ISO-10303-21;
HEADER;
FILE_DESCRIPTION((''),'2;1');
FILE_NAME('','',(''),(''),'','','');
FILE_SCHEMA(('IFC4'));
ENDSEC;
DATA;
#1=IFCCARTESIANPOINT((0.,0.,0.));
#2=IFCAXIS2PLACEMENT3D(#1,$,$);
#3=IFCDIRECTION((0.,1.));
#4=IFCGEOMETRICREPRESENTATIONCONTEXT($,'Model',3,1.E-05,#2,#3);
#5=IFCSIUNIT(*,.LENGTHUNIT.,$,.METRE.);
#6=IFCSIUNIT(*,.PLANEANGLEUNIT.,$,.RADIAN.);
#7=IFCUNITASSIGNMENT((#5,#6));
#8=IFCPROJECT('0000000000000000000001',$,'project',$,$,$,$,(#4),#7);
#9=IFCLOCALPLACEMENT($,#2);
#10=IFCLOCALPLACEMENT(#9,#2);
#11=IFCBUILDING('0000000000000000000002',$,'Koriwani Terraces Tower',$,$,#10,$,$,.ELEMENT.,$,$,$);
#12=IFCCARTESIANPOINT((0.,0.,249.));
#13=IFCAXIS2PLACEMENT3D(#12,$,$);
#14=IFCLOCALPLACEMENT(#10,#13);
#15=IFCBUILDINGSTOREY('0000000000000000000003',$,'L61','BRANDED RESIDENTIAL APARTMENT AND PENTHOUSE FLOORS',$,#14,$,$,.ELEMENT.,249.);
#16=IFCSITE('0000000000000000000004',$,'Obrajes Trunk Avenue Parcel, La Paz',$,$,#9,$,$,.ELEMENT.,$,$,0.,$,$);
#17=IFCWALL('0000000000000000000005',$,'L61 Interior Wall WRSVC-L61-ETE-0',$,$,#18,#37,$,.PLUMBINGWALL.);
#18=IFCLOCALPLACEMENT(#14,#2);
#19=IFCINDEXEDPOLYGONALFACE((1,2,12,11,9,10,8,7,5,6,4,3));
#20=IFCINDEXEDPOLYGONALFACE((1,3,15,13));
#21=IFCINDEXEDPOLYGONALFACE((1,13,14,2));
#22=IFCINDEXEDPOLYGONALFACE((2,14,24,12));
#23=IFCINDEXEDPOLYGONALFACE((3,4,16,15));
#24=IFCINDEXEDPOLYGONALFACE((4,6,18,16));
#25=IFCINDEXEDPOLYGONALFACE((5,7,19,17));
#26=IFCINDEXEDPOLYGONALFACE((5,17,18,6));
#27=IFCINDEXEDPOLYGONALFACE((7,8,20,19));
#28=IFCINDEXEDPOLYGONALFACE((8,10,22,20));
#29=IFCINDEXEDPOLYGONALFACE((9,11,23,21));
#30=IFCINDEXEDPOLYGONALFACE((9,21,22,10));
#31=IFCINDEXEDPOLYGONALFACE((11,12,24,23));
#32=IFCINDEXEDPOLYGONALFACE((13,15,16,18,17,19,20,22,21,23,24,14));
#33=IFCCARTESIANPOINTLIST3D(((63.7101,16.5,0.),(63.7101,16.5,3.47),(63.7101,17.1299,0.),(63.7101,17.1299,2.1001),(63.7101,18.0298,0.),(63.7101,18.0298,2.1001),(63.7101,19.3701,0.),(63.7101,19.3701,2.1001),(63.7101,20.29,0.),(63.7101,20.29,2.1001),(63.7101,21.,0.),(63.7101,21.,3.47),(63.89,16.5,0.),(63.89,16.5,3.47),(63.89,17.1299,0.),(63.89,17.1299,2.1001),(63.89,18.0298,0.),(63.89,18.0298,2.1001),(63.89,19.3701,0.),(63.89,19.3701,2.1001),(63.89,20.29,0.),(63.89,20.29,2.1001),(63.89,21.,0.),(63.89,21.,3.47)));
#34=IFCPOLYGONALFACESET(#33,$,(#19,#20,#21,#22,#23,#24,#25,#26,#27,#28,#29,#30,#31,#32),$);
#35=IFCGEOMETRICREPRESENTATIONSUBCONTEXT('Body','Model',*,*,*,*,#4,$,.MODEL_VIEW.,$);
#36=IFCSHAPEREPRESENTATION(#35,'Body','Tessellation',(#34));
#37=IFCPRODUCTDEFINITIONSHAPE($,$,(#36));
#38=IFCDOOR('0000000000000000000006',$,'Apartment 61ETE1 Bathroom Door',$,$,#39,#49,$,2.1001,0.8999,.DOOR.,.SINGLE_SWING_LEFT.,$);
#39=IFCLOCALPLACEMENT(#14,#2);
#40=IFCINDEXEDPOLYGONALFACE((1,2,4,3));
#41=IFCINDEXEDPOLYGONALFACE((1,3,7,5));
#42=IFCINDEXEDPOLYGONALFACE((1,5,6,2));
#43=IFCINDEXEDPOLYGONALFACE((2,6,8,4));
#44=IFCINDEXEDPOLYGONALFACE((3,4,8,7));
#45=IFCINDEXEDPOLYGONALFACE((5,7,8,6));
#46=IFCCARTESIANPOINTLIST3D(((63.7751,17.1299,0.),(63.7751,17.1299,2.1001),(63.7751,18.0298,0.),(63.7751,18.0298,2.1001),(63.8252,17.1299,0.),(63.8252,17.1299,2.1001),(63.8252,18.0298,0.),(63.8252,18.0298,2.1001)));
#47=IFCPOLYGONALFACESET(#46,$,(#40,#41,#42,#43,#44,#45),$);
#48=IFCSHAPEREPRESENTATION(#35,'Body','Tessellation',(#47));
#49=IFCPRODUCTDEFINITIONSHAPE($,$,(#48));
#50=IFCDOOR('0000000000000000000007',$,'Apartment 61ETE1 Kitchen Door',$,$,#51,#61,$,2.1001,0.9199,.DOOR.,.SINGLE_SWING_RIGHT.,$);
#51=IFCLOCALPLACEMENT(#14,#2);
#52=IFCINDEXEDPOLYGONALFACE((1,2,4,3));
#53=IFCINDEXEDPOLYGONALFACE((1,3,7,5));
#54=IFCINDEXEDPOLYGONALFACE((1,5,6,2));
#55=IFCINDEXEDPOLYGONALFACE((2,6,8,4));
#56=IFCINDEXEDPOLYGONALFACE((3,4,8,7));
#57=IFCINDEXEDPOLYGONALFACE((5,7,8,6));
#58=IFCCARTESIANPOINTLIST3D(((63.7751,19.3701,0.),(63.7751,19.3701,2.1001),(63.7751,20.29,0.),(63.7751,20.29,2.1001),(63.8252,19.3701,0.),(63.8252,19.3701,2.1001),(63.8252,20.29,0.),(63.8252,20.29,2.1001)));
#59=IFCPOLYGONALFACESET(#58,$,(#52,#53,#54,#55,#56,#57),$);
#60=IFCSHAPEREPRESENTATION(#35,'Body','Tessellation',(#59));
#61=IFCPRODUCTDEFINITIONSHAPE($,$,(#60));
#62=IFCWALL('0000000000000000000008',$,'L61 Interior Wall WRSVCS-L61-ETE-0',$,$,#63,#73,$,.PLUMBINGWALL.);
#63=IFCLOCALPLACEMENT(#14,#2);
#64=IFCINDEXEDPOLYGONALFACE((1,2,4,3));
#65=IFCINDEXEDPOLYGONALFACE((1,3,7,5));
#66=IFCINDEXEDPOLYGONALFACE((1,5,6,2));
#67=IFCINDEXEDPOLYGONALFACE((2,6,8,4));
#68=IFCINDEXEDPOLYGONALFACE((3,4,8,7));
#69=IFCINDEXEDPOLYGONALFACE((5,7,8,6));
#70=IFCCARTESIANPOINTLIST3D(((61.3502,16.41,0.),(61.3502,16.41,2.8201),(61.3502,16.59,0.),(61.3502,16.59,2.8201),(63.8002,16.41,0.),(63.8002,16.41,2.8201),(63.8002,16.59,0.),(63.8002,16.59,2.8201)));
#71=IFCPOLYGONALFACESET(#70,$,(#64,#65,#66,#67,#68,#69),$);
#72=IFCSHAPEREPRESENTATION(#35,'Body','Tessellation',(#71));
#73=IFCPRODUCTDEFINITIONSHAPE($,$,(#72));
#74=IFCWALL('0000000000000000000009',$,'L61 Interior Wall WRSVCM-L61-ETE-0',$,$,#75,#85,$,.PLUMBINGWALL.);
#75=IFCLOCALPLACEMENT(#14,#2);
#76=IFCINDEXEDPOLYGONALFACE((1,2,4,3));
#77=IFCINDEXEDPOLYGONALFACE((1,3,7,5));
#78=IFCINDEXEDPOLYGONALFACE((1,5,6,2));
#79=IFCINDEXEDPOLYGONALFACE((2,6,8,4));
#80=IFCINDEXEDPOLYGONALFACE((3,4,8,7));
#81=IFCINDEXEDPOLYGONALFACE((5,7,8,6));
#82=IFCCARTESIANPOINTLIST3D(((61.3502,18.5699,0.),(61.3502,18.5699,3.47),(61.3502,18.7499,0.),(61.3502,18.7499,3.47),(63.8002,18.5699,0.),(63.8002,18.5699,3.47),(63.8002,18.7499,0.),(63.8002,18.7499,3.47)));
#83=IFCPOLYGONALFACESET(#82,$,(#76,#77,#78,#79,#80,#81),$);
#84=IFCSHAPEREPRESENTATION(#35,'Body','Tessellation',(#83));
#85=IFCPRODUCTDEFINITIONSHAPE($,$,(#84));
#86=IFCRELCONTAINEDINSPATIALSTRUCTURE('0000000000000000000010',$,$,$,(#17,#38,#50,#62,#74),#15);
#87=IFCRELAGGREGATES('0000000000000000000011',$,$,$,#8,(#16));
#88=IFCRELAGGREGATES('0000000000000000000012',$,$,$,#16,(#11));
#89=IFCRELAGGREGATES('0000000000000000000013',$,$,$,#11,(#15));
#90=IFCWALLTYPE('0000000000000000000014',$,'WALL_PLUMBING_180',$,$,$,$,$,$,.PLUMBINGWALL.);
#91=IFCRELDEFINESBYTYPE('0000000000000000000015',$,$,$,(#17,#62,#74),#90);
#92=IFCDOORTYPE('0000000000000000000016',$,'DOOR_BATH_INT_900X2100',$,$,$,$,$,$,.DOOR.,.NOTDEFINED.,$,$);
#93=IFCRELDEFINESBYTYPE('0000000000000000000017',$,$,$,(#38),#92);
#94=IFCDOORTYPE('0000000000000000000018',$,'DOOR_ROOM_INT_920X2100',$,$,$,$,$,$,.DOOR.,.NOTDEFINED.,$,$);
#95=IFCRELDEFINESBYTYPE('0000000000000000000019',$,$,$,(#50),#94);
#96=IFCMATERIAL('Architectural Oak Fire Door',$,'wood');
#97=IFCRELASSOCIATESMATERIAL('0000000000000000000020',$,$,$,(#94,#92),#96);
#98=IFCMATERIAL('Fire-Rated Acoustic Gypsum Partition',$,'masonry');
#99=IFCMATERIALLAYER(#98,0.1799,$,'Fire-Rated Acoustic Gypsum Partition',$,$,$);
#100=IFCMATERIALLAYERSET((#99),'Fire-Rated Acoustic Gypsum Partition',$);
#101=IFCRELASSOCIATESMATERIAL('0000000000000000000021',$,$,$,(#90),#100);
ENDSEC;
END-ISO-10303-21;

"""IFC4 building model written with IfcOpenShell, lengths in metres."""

from ifc_helpers import new_model, si_unit, direction, frame, frame_2d, origin, place, context, subcontext, project, spatial, rectangle, extrude, material, layer, layer_set, type_object, element, fill, save


model = new_model("IFC4")

# Units and contexts
model_context = context("Model", 3, precision=1e-05, world=origin(), true_north=direction((0.0, 1.0)))
body_context = subcontext(model_context, "Body", "Model", "MODEL_VIEW")
ifc_project = project(units=[si_unit("LENGTHUNIT", "METRE"), si_unit("PLANEANGLEUNIT", "RADIAN")], contexts=[model_context])

# Site, building, storey
site_placement = place(None, origin())
site = spatial("IfcSite", under=ifc_project, at=site_placement, Name="Obrajes Trunk Avenue Parcel, La Paz", CompositionType="ELEMENT", RefElevation=0.0)
building_placement = place(site_placement, origin())
building = spatial("IfcBuilding", under=site, at=building_placement, Name="Koriwani Terraces Tower", CompositionType="ELEMENT")
storey_placement = place(building_placement, frame((0.0, 0.0, 249.0)))
storey = spatial("IfcBuildingStorey", under=building, at=storey_placement, Name="L61", Description="BRANDED RESIDENTIAL APARTMENT AND PENTHOUSE FLOORS", CompositionType="ELEMENT", Elevation=249.0)

# Shared definitions
ifc_material_1 = material(Name="Architectural Oak Fire Door", Category="wood")
door_type_1 = type_object("IfcDoorType", Name="DOOR_ROOM_INT_920X2100", OperationType="NOTDEFINED", PredefinedType="DOOR", material=ifc_material_1)

# Shared definitions
ifc_material_2 = material(Name="Fire-Rated Acoustic Gypsum Partition", Category="masonry")

# Wall, openings, doors
ifc_layer_1 = layer(ifc_material_2, 0.1799, Name="Fire-Rated Acoustic Gypsum Partition")
ifc_layer_set_1 = layer_set([ifc_layer_1], Name="Fire-Rated Acoustic Gypsum Partition")
wall_type_1 = type_object("IfcWallType", Name="WALL_PLUMBING_180", PredefinedType="PLUMBINGWALL", material=ifc_layer_set_1)
wall_1_placement = place(storey_placement, frame((63.8, 16.5, 0.0), z_axis=(0.0, 0.0, 1.0), x_axis=(0.0, 1.0, 0.0)))
wall_1 = element("IfcWall", 1, at=wall_1_placement, inside=storey, type_object=wall_type_1, Name="L61 Interior Wall WRSVC-L61-ETE-0", PredefinedType="PLUMBINGWALL", context=body_context, shape_type="SweptSolid", body=[
    extrude(rectangle(XDim=4.5, YDim=0.1799, at=frame_2d((2.25, 0.0))), origin(), (0.0, 0.0, 1.0), 3.47),
])
opening_1_placement = place(wall_1_placement, frame((0.6299, 0.0, 0.0)))
opening_1 = element("IfcOpeningElement", 2, at=opening_1_placement, cuts=wall_1, PredefinedType="OPENING", context=body_context, shape_type="SweptSolid", body=[
    extrude(rectangle(XDim=0.8999, YDim=2.1001, at=frame_2d((0.45, 1.05))), frame((0.0, 0.1001, 0.0), z_axis=(0.0, -1.0, 0.0), x_axis=(1.0, 0.0, 0.0)), (0.0, 0.0, 1.0), 0.2),
])
opening_2_placement = place(wall_1_placement, frame((2.8701, 0.0, 0.0)))
opening_2 = element("IfcOpeningElement", 3, at=opening_2_placement, cuts=wall_1, PredefinedType="OPENING", context=body_context, shape_type="SweptSolid", body=[
    extrude(rectangle(XDim=0.9199, YDim=2.1001, at=frame_2d((0.46, 1.05))), frame((0.0, 0.1001, 0.0), z_axis=(0.0, -1.0, 0.0), x_axis=(1.0, 0.0, 0.0)), (0.0, 0.0, 1.0), 0.2),
])
door_type_2 = type_object("IfcDoorType", Name="DOOR_BATH_INT_900X2100", OperationType="NOTDEFINED", PredefinedType="DOOR", material=ifc_material_1)
door_1_placement = place(opening_1_placement, origin())
door_1 = element("IfcDoor", 4, at=door_1_placement, inside=storey, type_object=door_type_2, Name="Apartment 61ETE1 Bathroom Door", OperationType="SINGLE_SWING_LEFT", OverallHeight=2.1001, OverallWidth=0.8999, PredefinedType="DOOR", context=body_context, shape_type="SweptSolid", body=[
    extrude(rectangle(XDim=0.8999, YDim=2.1001, at=frame_2d((0.45, 1.05))), frame((0.0, 0.0249, 0.0), z_axis=(0.0, -1.0, 0.0), x_axis=(1.0, 0.0, 0.0)), (0.0, 0.0, 1.0), 0.05),
])
fill(opening_1, door_1)
door_2_placement = place(opening_2_placement, origin())
door_2 = element("IfcDoor", 5, at=door_2_placement, inside=storey, type_object=door_type_1, Name="Apartment 61ETE1 Kitchen Door", OperationType="SINGLE_SWING_RIGHT", OverallHeight=2.1001, OverallWidth=0.9199, PredefinedType="DOOR", context=body_context, shape_type="SweptSolid", body=[
    extrude(rectangle(XDim=0.9199, YDim=2.1001, at=frame_2d((0.46, 1.05))), frame((0.0, 0.0249, 0.0), z_axis=(0.0, -1.0, 0.0), x_axis=(1.0, 0.0, 0.0)), (0.0, 0.0, 1.0), 0.05),
])
fill(opening_2, door_2)

# Walls
wall_2_placement = place(storey_placement, frame((61.3501, 16.5, 0.0), z_axis=(0.0, 0.0, 1.0), x_axis=(1.0, 0.0, 0.0)))
element("IfcWall", 6, at=wall_2_placement, inside=storey, type_object=wall_type_1, Name="L61 Interior Wall WRSVCS-L61-ETE-0", PredefinedType="PLUMBINGWALL", context=body_context, shape_type="SweptSolid", body=[
    extrude(rectangle(XDim=2.45, YDim=0.1799, at=frame_2d((1.2251, 0.0))), origin(), (0.0, 0.0, 1.0), 2.8201),
])
wall_3_placement = place(storey_placement, frame((61.3501, 18.6599, 0.0), z_axis=(0.0, 0.0, 1.0), x_axis=(1.0, 0.0, 0.0)))
element("IfcWall", 7, at=wall_3_placement, inside=storey, type_object=wall_type_1, Name="L61 Interior Wall WRSVCM-L61-ETE-0", PredefinedType="PLUMBINGWALL", context=body_context, shape_type="SweptSolid", body=[
    extrude(rectangle(XDim=2.45, YDim=0.1799, at=frame_2d((1.2251, 0.0))), origin(), (0.0, 0.0, 1.0), 3.47),
])

save(model, "model.ifc")
